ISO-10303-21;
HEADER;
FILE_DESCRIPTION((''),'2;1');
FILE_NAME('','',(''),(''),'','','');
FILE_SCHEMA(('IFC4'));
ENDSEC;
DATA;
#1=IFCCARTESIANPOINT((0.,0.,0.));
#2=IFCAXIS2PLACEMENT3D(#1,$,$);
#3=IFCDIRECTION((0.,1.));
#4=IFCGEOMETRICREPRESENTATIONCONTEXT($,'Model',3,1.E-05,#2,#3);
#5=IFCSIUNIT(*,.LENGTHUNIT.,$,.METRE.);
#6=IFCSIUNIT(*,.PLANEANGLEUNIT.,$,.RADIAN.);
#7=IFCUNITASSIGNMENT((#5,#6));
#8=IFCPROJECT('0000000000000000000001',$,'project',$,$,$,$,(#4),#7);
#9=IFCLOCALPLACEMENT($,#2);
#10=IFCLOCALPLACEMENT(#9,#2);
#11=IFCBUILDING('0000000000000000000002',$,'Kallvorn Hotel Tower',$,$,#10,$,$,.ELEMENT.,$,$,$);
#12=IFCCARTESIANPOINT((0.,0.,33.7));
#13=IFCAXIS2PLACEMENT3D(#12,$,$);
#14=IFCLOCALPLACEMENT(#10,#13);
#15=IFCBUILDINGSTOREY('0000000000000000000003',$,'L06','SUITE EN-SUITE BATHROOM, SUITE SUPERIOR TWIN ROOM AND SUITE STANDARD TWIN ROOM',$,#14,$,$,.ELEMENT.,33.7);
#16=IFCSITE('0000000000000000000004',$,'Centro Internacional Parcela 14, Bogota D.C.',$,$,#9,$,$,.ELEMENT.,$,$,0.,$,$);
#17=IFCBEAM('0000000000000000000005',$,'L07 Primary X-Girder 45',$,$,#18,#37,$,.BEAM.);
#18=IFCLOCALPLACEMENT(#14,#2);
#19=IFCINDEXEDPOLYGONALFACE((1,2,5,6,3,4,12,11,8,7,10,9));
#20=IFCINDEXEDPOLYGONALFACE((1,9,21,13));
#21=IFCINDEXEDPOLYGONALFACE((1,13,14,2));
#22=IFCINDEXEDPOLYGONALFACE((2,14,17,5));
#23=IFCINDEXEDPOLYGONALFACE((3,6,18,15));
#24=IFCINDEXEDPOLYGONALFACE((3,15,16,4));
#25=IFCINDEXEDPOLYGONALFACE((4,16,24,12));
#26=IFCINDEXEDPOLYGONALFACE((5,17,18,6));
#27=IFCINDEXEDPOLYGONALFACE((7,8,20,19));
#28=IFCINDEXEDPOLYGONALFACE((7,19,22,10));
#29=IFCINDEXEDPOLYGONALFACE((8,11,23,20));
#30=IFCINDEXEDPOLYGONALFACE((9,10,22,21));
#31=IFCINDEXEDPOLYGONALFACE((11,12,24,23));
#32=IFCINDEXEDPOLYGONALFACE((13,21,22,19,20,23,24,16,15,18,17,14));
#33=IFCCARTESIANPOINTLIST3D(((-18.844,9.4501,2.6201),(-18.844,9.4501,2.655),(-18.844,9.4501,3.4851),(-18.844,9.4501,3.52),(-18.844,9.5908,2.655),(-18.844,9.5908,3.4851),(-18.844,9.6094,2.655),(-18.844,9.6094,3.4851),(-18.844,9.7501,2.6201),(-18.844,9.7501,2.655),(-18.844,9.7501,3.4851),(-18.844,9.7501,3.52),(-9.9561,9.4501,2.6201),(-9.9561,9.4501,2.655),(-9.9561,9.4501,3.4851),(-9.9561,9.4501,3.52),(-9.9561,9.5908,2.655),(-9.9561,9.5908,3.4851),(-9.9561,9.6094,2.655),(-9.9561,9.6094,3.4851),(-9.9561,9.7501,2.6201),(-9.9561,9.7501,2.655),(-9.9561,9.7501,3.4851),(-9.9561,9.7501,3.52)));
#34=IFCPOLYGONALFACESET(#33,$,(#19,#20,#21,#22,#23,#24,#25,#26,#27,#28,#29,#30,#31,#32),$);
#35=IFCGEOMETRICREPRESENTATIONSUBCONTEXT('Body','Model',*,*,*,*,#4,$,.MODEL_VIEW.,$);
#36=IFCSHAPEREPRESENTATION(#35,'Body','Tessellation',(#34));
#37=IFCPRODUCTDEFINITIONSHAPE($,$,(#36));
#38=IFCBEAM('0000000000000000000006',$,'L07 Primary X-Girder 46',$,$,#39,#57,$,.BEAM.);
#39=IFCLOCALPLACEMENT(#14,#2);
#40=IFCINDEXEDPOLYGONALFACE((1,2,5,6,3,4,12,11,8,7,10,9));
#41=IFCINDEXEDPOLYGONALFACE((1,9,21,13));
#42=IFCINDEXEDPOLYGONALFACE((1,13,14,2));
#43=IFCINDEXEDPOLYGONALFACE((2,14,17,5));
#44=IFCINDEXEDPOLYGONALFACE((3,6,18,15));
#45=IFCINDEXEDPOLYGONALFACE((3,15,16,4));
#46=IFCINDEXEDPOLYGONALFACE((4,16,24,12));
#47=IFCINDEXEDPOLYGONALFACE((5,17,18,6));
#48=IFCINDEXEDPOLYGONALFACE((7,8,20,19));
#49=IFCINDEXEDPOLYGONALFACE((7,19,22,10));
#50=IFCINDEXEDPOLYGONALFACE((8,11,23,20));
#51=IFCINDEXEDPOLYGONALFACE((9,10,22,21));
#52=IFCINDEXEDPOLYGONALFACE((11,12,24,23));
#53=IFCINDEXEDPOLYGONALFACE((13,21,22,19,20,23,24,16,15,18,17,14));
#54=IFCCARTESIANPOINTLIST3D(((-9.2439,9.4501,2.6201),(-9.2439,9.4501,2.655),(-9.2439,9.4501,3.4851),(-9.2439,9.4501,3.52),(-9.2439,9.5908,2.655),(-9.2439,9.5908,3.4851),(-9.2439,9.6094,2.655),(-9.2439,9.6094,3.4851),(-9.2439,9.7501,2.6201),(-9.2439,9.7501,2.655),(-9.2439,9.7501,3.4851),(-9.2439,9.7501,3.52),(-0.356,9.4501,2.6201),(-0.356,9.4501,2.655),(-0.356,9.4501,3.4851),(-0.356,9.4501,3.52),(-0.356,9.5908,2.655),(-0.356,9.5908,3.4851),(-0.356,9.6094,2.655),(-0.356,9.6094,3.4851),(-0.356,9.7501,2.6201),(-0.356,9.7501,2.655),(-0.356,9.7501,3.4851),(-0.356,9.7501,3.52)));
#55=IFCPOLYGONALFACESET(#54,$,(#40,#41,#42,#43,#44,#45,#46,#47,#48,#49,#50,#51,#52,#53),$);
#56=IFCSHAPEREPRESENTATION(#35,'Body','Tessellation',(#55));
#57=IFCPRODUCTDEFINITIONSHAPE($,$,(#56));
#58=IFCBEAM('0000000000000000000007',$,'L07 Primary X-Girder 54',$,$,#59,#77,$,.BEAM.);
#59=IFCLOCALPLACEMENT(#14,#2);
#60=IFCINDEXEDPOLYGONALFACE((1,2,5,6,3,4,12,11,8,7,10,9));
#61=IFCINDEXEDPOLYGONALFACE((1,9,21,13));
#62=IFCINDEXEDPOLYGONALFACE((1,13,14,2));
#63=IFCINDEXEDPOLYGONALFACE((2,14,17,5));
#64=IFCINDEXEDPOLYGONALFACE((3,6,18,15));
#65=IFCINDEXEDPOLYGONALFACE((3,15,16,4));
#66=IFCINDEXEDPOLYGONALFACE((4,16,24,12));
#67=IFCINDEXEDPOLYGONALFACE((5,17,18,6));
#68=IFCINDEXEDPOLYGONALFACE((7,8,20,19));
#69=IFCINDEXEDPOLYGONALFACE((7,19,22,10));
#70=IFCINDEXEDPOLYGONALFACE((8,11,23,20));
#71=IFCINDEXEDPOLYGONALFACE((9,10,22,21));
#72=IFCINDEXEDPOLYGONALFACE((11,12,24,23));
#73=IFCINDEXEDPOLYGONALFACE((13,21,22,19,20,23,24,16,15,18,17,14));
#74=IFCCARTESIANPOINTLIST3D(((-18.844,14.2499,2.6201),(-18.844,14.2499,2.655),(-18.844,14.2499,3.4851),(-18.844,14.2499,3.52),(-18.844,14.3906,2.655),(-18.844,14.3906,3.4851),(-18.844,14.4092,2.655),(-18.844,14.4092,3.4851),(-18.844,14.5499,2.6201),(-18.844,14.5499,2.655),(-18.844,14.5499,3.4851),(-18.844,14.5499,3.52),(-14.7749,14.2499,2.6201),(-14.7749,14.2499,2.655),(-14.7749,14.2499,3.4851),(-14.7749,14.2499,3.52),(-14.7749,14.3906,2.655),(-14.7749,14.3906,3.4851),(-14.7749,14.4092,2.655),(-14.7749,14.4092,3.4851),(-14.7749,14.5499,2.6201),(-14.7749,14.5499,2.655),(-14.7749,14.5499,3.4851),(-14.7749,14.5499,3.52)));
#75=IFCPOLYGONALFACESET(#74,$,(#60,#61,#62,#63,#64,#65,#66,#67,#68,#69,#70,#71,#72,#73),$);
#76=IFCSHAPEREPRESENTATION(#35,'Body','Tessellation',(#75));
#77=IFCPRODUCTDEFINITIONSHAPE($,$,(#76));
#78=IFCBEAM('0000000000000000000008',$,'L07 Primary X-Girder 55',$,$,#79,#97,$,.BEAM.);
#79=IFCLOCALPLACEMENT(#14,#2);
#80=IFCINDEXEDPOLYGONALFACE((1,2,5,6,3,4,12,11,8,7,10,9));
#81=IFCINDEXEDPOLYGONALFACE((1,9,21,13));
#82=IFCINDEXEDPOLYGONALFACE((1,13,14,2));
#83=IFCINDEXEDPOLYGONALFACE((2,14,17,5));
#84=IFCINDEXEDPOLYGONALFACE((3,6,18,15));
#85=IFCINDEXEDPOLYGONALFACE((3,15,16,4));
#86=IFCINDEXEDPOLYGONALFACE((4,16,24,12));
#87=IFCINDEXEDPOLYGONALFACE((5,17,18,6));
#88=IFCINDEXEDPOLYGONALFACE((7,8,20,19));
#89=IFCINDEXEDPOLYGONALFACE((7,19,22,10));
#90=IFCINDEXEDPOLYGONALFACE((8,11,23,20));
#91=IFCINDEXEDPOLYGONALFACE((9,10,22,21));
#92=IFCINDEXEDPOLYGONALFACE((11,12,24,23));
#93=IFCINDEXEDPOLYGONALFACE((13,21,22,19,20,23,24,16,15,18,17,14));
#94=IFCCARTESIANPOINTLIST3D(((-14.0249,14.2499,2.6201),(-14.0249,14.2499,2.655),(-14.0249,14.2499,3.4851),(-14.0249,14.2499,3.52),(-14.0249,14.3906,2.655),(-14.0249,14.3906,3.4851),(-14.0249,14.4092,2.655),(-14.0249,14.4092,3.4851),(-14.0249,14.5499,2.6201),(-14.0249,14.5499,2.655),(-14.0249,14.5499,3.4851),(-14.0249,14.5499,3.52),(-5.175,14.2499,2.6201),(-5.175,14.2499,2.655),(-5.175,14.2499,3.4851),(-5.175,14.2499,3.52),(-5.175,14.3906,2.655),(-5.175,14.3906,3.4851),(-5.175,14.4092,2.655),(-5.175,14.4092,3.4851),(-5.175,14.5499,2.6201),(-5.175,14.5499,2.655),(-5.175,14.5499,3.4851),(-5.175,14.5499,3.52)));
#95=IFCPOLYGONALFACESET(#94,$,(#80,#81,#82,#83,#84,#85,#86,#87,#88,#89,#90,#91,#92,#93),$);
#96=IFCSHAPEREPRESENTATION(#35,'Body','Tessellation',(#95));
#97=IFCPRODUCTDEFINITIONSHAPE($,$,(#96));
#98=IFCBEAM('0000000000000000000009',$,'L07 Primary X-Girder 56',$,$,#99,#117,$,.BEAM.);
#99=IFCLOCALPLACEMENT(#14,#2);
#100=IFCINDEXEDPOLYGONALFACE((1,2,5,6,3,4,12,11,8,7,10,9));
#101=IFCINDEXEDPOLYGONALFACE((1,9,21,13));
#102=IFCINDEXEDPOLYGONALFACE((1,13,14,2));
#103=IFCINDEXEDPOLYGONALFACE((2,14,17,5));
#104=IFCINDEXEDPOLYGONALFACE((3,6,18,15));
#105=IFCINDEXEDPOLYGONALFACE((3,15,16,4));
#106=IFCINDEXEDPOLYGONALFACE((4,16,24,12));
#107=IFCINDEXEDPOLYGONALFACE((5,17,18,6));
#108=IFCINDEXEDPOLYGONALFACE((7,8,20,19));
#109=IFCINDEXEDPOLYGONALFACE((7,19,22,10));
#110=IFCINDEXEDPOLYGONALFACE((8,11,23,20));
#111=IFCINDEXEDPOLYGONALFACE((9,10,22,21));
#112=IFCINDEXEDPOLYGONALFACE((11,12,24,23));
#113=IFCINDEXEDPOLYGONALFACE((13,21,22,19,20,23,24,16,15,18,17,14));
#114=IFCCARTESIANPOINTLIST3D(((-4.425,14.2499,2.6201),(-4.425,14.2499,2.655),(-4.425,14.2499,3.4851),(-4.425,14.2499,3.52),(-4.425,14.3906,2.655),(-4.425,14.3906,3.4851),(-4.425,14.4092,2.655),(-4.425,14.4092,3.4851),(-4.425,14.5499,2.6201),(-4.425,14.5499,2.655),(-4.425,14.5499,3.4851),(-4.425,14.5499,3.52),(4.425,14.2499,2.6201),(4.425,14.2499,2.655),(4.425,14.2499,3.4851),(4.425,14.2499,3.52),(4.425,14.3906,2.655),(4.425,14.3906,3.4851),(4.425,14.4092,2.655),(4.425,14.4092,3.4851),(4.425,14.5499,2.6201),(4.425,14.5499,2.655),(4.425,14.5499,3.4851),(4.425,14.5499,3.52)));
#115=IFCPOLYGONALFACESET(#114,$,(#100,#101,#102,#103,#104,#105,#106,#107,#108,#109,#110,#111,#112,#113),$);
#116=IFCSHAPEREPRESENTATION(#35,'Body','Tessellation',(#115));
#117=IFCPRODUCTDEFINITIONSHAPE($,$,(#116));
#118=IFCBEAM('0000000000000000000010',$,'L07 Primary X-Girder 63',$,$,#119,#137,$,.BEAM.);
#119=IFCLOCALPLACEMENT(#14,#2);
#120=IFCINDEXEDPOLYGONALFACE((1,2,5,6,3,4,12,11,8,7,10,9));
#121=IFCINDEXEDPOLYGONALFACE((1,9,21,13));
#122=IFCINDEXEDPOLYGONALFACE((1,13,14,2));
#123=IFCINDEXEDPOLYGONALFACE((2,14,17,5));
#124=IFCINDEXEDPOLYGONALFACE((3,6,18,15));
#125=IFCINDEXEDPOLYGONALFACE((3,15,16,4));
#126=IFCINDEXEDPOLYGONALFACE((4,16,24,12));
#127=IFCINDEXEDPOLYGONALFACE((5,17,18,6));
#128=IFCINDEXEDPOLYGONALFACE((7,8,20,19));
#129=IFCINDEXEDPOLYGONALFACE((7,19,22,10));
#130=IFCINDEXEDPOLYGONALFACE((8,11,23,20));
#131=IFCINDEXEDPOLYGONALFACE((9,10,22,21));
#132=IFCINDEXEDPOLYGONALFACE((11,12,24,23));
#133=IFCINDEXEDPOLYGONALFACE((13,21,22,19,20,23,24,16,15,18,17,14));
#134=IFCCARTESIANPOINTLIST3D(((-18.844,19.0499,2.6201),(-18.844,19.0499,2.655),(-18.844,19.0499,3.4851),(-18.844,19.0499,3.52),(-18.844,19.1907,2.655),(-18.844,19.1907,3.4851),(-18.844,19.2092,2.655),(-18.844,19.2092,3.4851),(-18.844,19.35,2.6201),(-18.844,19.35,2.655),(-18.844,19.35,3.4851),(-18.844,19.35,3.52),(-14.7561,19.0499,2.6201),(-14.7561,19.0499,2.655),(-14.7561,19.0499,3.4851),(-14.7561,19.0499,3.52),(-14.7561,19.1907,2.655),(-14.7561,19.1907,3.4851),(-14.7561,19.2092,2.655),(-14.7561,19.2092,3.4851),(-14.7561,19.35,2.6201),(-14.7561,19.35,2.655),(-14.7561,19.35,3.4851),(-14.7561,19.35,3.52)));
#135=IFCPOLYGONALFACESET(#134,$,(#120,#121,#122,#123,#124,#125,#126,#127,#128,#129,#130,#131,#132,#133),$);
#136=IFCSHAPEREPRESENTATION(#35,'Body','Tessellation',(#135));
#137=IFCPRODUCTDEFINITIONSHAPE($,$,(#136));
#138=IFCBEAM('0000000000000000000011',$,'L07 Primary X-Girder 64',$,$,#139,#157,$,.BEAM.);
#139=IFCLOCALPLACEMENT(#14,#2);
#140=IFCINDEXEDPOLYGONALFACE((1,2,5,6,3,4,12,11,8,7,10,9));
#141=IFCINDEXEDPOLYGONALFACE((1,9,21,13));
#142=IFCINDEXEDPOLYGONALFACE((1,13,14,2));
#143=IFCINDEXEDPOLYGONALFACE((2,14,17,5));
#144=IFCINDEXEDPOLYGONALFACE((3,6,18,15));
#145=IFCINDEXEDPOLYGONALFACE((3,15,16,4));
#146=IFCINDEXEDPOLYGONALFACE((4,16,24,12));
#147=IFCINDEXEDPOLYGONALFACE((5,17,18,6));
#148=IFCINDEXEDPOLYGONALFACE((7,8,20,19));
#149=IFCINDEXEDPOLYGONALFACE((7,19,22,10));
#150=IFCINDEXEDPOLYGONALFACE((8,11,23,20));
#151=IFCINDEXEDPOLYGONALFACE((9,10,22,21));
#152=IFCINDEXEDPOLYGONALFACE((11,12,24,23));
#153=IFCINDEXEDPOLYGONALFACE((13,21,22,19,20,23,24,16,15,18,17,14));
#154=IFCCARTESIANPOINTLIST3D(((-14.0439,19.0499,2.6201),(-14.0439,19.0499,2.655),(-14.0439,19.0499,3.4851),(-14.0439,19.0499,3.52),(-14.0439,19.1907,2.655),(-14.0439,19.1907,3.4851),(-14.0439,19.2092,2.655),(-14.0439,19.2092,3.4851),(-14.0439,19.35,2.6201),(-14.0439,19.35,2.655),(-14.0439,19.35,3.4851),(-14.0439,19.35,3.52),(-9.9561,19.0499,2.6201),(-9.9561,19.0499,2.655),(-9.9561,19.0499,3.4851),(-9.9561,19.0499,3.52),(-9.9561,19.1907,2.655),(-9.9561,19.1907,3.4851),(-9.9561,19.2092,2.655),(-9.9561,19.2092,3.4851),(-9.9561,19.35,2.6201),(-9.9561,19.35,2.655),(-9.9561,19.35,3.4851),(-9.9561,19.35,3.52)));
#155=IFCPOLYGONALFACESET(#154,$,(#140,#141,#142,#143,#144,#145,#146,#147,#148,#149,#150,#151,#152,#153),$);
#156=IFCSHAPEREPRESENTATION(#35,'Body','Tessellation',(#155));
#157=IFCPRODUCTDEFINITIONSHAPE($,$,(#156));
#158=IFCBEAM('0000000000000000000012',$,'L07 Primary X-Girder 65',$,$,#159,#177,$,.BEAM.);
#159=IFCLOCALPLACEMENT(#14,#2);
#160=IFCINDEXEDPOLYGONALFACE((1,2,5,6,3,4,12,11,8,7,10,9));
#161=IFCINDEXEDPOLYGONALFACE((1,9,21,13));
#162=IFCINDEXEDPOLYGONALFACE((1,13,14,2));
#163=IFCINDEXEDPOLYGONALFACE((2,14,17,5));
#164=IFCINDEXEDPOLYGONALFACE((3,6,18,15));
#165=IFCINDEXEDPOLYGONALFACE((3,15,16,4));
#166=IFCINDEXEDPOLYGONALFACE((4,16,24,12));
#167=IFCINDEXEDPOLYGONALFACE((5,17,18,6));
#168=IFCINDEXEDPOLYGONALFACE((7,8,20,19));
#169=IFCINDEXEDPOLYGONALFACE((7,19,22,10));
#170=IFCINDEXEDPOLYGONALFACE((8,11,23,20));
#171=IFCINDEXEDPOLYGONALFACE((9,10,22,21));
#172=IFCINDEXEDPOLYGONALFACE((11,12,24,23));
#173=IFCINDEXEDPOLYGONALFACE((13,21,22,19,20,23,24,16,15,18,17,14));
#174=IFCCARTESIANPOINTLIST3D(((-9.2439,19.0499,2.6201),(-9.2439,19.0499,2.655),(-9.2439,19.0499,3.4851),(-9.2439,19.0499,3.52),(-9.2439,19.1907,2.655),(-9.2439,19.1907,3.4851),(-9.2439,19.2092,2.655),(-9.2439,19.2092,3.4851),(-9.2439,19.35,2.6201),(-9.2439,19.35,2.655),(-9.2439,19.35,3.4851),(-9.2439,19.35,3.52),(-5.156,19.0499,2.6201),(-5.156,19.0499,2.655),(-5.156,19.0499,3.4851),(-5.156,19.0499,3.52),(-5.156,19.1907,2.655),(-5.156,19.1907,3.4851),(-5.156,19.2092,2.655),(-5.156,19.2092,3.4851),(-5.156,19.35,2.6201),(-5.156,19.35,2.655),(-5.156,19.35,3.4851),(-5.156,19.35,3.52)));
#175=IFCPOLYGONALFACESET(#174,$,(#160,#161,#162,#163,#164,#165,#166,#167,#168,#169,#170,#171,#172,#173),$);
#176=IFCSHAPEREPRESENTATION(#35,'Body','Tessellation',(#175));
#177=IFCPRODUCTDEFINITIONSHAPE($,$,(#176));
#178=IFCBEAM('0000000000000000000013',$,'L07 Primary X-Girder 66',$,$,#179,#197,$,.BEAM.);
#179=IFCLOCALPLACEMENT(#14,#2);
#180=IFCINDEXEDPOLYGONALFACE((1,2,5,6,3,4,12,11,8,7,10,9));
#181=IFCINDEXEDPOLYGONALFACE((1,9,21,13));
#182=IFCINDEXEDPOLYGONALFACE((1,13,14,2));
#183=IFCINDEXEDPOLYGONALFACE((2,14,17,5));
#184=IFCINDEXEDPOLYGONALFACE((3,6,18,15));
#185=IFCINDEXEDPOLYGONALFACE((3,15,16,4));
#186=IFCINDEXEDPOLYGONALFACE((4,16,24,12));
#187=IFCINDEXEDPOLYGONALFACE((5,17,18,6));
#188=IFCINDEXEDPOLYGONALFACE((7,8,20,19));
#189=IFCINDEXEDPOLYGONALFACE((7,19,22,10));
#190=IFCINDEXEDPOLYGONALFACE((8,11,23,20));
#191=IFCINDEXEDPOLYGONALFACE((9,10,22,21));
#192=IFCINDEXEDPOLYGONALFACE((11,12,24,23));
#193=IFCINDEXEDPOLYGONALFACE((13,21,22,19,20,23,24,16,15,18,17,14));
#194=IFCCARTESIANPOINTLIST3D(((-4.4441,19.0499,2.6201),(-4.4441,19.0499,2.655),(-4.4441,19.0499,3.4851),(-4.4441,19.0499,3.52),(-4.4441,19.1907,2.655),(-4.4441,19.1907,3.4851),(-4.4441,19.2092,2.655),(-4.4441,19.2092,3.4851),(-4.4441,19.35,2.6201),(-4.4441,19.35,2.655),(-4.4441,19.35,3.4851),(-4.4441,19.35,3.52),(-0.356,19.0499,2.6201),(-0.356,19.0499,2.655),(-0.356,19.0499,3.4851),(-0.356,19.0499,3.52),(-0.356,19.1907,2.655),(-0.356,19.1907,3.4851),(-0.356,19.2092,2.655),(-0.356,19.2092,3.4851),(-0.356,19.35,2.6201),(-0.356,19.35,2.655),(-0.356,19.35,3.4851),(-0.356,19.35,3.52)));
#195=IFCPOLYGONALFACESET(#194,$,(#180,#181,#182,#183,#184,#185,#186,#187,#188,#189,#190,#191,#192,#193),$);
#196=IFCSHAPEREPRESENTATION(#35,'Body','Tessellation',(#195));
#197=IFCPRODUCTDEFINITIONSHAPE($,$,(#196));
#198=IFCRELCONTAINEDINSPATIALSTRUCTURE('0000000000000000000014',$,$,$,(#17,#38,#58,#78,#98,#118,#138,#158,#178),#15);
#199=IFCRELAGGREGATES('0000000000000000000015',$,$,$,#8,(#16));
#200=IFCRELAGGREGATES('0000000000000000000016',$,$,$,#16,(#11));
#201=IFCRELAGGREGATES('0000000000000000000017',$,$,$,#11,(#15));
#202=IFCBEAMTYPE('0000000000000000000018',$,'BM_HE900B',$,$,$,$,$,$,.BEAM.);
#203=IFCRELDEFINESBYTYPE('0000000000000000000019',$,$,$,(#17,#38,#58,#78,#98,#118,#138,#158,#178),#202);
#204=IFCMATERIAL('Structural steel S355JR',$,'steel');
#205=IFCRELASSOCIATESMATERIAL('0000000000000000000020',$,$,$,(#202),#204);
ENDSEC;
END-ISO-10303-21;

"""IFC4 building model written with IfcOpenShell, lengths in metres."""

from ifc_helpers import new_model, si_unit, direction, frame, origin, origin_2d, place, context, subcontext, project, spatial, i_section, extrude, material, material_profile, profile_set, type_object, element, save


model = new_model("IFC4")

# Units and contexts
model_context = context("Model", 3, precision=1e-05, world=origin(), true_north=direction((0.0, 1.0)))
body_context = subcontext(model_context, "Body", "Model", "MODEL_VIEW")
ifc_project = project(units=[si_unit("LENGTHUNIT", "METRE"), si_unit("PLANEANGLEUNIT", "RADIAN")], contexts=[model_context])

# Site, building, storey
site_placement = place(None, origin())
site = spatial("IfcSite", under=ifc_project, at=site_placement, Name="Centro Internacional Parcela 14, Bogota D.C.", CompositionType="ELEMENT", RefElevation=0.0)
building_placement = place(site_placement, origin())
building = spatial("IfcBuilding", under=site, at=building_placement, Name="Kallvorn Hotel Tower", CompositionType="ELEMENT")
storey_placement = place(building_placement, frame((0.0, 0.0, 33.7)))
storey = spatial("IfcBuildingStorey", under=building, at=storey_placement, Name="L06", Description="SUITE EN-SUITE BATHROOM, SUITE SUPERIOR TWIN ROOM AND SUITE STANDARD TWIN ROOM", CompositionType="ELEMENT", Elevation=33.7)

# Beams
ifc_material_1 = material(Name="Structural steel S355JR", Category="steel")
ifc_material_profile_1 = material_profile(ifc_material_1, i_section(OverallWidth=0.3, OverallDepth=0.8999, WebThickness=0.0186, FlangeThickness=0.0349, at=origin_2d()), Name="HE 900 B")
ifc_profile_set_1 = profile_set([ifc_material_profile_1], Name="Structural steel S355JR")
beam_type_1 = type_object("IfcBeamType", Name="BM_HE900B", PredefinedType="BEAM", material=ifc_profile_set_1)
for number, where, z_axis, x_axis, name in (
    (1, (-18.844, 9.6001, 3.0701), (1.0, 0.0, 0.0), (0.0, 1.0, 0.0), "L07 Primary X-Girder 45"),
    (2, (-9.2439, 9.6001, 3.0701), (1.0, 0.0, 0.0), (0.0, 1.0, 0.0), "L07 Primary X-Girder 46"),
):
    element("IfcBeam", number, at=place(storey_placement, frame(where, z_axis=z_axis, x_axis=x_axis)), inside=storey, type_object=beam_type_1, Name=name, PredefinedType="BEAM", context=body_context, shape_type="SweptSolid", body=[
        extrude(i_section(OverallWidth=0.3, OverallDepth=0.8999, WebThickness=0.0186, FlangeThickness=0.0349, at=origin_2d()), origin(), (0.0, 0.0, 1.0), 8.8879),
    ])
beam_1_placement = place(storey_placement, frame((-18.844, 14.3999, 3.0701), z_axis=(1.0, 0.0, 0.0), x_axis=(0.0, 1.0, 0.0)))
element("IfcBeam", 3, at=beam_1_placement, inside=storey, type_object=beam_type_1, Name="L07 Primary X-Girder 54", PredefinedType="BEAM", context=body_context, shape_type="SweptSolid", body=[
    extrude(i_section(OverallWidth=0.3, OverallDepth=0.8999, WebThickness=0.0186, FlangeThickness=0.0349, at=origin_2d()), origin(), (0.0, 0.0, 1.0), 4.0691),
])
beam_2_placement = place(storey_placement, frame((-14.0249, 14.3999, 3.0701), z_axis=(1.0, 0.0, 0.0), x_axis=(0.0, 1.0, 0.0)))
element("IfcBeam", 4, at=beam_2_placement, inside=storey, type_object=beam_type_1, Name="L07 Primary X-Girder 55", PredefinedType="BEAM", context=body_context, shape_type="SweptSolid", body=[
    extrude(i_section(OverallWidth=0.3, OverallDepth=0.8999, WebThickness=0.0186, FlangeThickness=0.0349, at=origin_2d()), origin(), (0.0, 0.0, 1.0), 8.8499),
])
beam_3_placement = place(storey_placement, frame((-4.425, 14.3999, 3.0701), z_axis=(1.0, 0.0, 0.0), x_axis=(0.0, 1.0, 0.0)))
element("IfcBeam", 5, at=beam_3_placement, inside=storey, type_object=beam_type_1, Name="L07 Primary X-Girder 56", PredefinedType="BEAM", context=body_context, shape_type="SweptSolid", body=[
    extrude(i_section(OverallWidth=0.3, OverallDepth=0.8999, WebThickness=0.0186, FlangeThickness=0.0349, at=origin_2d()), origin(), (0.0, 0.0, 1.0), 8.8501),
])
for number, where, z_axis, x_axis, name in (
    (6, (-18.844, 19.2, 3.0701), (1.0, 0.0, 0.0), (0.0, 1.0, 0.0), "L07 Primary X-Girder 63"),
    (7, (-14.0439, 19.2, 3.0701), (1.0, 0.0, 0.0), (0.0, 1.0, 0.0), "L07 Primary X-Girder 64"),
    (8, (-9.2439, 19.2, 3.0701), (1.0, 0.0, 0.0), (0.0, 1.0, 0.0), "L07 Primary X-Girder 65"),
):
    element("IfcBeam", number, at=place(storey_placement, frame(where, z_axis=z_axis, x_axis=x_axis)), inside=storey, type_object=beam_type_1, Name=name, PredefinedType="BEAM", context=body_context, shape_type="SweptSolid", body=[
        extrude(i_section(OverallWidth=0.3, OverallDepth=0.8999, WebThickness=0.0186, FlangeThickness=0.0349, at=origin_2d()), origin(), (0.0, 0.0, 1.0), 4.0879),
    ])
beam_4_placement = place(storey_placement, frame((-4.4441, 19.2, 3.0701), z_axis=(1.0, 0.0, 0.0), x_axis=(0.0, 1.0, 0.0)))
element("IfcBeam", 9, at=beam_4_placement, inside=storey, type_object=beam_type_1, Name="L07 Primary X-Girder 66", PredefinedType="BEAM", context=body_context, shape_type="SweptSolid", body=[
    extrude(i_section(OverallWidth=0.3, OverallDepth=0.8999, WebThickness=0.0186, FlangeThickness=0.0349, at=origin_2d()), origin(), (0.0, 0.0, 1.0), 4.0881),
])

save(model, "model.ifc")
